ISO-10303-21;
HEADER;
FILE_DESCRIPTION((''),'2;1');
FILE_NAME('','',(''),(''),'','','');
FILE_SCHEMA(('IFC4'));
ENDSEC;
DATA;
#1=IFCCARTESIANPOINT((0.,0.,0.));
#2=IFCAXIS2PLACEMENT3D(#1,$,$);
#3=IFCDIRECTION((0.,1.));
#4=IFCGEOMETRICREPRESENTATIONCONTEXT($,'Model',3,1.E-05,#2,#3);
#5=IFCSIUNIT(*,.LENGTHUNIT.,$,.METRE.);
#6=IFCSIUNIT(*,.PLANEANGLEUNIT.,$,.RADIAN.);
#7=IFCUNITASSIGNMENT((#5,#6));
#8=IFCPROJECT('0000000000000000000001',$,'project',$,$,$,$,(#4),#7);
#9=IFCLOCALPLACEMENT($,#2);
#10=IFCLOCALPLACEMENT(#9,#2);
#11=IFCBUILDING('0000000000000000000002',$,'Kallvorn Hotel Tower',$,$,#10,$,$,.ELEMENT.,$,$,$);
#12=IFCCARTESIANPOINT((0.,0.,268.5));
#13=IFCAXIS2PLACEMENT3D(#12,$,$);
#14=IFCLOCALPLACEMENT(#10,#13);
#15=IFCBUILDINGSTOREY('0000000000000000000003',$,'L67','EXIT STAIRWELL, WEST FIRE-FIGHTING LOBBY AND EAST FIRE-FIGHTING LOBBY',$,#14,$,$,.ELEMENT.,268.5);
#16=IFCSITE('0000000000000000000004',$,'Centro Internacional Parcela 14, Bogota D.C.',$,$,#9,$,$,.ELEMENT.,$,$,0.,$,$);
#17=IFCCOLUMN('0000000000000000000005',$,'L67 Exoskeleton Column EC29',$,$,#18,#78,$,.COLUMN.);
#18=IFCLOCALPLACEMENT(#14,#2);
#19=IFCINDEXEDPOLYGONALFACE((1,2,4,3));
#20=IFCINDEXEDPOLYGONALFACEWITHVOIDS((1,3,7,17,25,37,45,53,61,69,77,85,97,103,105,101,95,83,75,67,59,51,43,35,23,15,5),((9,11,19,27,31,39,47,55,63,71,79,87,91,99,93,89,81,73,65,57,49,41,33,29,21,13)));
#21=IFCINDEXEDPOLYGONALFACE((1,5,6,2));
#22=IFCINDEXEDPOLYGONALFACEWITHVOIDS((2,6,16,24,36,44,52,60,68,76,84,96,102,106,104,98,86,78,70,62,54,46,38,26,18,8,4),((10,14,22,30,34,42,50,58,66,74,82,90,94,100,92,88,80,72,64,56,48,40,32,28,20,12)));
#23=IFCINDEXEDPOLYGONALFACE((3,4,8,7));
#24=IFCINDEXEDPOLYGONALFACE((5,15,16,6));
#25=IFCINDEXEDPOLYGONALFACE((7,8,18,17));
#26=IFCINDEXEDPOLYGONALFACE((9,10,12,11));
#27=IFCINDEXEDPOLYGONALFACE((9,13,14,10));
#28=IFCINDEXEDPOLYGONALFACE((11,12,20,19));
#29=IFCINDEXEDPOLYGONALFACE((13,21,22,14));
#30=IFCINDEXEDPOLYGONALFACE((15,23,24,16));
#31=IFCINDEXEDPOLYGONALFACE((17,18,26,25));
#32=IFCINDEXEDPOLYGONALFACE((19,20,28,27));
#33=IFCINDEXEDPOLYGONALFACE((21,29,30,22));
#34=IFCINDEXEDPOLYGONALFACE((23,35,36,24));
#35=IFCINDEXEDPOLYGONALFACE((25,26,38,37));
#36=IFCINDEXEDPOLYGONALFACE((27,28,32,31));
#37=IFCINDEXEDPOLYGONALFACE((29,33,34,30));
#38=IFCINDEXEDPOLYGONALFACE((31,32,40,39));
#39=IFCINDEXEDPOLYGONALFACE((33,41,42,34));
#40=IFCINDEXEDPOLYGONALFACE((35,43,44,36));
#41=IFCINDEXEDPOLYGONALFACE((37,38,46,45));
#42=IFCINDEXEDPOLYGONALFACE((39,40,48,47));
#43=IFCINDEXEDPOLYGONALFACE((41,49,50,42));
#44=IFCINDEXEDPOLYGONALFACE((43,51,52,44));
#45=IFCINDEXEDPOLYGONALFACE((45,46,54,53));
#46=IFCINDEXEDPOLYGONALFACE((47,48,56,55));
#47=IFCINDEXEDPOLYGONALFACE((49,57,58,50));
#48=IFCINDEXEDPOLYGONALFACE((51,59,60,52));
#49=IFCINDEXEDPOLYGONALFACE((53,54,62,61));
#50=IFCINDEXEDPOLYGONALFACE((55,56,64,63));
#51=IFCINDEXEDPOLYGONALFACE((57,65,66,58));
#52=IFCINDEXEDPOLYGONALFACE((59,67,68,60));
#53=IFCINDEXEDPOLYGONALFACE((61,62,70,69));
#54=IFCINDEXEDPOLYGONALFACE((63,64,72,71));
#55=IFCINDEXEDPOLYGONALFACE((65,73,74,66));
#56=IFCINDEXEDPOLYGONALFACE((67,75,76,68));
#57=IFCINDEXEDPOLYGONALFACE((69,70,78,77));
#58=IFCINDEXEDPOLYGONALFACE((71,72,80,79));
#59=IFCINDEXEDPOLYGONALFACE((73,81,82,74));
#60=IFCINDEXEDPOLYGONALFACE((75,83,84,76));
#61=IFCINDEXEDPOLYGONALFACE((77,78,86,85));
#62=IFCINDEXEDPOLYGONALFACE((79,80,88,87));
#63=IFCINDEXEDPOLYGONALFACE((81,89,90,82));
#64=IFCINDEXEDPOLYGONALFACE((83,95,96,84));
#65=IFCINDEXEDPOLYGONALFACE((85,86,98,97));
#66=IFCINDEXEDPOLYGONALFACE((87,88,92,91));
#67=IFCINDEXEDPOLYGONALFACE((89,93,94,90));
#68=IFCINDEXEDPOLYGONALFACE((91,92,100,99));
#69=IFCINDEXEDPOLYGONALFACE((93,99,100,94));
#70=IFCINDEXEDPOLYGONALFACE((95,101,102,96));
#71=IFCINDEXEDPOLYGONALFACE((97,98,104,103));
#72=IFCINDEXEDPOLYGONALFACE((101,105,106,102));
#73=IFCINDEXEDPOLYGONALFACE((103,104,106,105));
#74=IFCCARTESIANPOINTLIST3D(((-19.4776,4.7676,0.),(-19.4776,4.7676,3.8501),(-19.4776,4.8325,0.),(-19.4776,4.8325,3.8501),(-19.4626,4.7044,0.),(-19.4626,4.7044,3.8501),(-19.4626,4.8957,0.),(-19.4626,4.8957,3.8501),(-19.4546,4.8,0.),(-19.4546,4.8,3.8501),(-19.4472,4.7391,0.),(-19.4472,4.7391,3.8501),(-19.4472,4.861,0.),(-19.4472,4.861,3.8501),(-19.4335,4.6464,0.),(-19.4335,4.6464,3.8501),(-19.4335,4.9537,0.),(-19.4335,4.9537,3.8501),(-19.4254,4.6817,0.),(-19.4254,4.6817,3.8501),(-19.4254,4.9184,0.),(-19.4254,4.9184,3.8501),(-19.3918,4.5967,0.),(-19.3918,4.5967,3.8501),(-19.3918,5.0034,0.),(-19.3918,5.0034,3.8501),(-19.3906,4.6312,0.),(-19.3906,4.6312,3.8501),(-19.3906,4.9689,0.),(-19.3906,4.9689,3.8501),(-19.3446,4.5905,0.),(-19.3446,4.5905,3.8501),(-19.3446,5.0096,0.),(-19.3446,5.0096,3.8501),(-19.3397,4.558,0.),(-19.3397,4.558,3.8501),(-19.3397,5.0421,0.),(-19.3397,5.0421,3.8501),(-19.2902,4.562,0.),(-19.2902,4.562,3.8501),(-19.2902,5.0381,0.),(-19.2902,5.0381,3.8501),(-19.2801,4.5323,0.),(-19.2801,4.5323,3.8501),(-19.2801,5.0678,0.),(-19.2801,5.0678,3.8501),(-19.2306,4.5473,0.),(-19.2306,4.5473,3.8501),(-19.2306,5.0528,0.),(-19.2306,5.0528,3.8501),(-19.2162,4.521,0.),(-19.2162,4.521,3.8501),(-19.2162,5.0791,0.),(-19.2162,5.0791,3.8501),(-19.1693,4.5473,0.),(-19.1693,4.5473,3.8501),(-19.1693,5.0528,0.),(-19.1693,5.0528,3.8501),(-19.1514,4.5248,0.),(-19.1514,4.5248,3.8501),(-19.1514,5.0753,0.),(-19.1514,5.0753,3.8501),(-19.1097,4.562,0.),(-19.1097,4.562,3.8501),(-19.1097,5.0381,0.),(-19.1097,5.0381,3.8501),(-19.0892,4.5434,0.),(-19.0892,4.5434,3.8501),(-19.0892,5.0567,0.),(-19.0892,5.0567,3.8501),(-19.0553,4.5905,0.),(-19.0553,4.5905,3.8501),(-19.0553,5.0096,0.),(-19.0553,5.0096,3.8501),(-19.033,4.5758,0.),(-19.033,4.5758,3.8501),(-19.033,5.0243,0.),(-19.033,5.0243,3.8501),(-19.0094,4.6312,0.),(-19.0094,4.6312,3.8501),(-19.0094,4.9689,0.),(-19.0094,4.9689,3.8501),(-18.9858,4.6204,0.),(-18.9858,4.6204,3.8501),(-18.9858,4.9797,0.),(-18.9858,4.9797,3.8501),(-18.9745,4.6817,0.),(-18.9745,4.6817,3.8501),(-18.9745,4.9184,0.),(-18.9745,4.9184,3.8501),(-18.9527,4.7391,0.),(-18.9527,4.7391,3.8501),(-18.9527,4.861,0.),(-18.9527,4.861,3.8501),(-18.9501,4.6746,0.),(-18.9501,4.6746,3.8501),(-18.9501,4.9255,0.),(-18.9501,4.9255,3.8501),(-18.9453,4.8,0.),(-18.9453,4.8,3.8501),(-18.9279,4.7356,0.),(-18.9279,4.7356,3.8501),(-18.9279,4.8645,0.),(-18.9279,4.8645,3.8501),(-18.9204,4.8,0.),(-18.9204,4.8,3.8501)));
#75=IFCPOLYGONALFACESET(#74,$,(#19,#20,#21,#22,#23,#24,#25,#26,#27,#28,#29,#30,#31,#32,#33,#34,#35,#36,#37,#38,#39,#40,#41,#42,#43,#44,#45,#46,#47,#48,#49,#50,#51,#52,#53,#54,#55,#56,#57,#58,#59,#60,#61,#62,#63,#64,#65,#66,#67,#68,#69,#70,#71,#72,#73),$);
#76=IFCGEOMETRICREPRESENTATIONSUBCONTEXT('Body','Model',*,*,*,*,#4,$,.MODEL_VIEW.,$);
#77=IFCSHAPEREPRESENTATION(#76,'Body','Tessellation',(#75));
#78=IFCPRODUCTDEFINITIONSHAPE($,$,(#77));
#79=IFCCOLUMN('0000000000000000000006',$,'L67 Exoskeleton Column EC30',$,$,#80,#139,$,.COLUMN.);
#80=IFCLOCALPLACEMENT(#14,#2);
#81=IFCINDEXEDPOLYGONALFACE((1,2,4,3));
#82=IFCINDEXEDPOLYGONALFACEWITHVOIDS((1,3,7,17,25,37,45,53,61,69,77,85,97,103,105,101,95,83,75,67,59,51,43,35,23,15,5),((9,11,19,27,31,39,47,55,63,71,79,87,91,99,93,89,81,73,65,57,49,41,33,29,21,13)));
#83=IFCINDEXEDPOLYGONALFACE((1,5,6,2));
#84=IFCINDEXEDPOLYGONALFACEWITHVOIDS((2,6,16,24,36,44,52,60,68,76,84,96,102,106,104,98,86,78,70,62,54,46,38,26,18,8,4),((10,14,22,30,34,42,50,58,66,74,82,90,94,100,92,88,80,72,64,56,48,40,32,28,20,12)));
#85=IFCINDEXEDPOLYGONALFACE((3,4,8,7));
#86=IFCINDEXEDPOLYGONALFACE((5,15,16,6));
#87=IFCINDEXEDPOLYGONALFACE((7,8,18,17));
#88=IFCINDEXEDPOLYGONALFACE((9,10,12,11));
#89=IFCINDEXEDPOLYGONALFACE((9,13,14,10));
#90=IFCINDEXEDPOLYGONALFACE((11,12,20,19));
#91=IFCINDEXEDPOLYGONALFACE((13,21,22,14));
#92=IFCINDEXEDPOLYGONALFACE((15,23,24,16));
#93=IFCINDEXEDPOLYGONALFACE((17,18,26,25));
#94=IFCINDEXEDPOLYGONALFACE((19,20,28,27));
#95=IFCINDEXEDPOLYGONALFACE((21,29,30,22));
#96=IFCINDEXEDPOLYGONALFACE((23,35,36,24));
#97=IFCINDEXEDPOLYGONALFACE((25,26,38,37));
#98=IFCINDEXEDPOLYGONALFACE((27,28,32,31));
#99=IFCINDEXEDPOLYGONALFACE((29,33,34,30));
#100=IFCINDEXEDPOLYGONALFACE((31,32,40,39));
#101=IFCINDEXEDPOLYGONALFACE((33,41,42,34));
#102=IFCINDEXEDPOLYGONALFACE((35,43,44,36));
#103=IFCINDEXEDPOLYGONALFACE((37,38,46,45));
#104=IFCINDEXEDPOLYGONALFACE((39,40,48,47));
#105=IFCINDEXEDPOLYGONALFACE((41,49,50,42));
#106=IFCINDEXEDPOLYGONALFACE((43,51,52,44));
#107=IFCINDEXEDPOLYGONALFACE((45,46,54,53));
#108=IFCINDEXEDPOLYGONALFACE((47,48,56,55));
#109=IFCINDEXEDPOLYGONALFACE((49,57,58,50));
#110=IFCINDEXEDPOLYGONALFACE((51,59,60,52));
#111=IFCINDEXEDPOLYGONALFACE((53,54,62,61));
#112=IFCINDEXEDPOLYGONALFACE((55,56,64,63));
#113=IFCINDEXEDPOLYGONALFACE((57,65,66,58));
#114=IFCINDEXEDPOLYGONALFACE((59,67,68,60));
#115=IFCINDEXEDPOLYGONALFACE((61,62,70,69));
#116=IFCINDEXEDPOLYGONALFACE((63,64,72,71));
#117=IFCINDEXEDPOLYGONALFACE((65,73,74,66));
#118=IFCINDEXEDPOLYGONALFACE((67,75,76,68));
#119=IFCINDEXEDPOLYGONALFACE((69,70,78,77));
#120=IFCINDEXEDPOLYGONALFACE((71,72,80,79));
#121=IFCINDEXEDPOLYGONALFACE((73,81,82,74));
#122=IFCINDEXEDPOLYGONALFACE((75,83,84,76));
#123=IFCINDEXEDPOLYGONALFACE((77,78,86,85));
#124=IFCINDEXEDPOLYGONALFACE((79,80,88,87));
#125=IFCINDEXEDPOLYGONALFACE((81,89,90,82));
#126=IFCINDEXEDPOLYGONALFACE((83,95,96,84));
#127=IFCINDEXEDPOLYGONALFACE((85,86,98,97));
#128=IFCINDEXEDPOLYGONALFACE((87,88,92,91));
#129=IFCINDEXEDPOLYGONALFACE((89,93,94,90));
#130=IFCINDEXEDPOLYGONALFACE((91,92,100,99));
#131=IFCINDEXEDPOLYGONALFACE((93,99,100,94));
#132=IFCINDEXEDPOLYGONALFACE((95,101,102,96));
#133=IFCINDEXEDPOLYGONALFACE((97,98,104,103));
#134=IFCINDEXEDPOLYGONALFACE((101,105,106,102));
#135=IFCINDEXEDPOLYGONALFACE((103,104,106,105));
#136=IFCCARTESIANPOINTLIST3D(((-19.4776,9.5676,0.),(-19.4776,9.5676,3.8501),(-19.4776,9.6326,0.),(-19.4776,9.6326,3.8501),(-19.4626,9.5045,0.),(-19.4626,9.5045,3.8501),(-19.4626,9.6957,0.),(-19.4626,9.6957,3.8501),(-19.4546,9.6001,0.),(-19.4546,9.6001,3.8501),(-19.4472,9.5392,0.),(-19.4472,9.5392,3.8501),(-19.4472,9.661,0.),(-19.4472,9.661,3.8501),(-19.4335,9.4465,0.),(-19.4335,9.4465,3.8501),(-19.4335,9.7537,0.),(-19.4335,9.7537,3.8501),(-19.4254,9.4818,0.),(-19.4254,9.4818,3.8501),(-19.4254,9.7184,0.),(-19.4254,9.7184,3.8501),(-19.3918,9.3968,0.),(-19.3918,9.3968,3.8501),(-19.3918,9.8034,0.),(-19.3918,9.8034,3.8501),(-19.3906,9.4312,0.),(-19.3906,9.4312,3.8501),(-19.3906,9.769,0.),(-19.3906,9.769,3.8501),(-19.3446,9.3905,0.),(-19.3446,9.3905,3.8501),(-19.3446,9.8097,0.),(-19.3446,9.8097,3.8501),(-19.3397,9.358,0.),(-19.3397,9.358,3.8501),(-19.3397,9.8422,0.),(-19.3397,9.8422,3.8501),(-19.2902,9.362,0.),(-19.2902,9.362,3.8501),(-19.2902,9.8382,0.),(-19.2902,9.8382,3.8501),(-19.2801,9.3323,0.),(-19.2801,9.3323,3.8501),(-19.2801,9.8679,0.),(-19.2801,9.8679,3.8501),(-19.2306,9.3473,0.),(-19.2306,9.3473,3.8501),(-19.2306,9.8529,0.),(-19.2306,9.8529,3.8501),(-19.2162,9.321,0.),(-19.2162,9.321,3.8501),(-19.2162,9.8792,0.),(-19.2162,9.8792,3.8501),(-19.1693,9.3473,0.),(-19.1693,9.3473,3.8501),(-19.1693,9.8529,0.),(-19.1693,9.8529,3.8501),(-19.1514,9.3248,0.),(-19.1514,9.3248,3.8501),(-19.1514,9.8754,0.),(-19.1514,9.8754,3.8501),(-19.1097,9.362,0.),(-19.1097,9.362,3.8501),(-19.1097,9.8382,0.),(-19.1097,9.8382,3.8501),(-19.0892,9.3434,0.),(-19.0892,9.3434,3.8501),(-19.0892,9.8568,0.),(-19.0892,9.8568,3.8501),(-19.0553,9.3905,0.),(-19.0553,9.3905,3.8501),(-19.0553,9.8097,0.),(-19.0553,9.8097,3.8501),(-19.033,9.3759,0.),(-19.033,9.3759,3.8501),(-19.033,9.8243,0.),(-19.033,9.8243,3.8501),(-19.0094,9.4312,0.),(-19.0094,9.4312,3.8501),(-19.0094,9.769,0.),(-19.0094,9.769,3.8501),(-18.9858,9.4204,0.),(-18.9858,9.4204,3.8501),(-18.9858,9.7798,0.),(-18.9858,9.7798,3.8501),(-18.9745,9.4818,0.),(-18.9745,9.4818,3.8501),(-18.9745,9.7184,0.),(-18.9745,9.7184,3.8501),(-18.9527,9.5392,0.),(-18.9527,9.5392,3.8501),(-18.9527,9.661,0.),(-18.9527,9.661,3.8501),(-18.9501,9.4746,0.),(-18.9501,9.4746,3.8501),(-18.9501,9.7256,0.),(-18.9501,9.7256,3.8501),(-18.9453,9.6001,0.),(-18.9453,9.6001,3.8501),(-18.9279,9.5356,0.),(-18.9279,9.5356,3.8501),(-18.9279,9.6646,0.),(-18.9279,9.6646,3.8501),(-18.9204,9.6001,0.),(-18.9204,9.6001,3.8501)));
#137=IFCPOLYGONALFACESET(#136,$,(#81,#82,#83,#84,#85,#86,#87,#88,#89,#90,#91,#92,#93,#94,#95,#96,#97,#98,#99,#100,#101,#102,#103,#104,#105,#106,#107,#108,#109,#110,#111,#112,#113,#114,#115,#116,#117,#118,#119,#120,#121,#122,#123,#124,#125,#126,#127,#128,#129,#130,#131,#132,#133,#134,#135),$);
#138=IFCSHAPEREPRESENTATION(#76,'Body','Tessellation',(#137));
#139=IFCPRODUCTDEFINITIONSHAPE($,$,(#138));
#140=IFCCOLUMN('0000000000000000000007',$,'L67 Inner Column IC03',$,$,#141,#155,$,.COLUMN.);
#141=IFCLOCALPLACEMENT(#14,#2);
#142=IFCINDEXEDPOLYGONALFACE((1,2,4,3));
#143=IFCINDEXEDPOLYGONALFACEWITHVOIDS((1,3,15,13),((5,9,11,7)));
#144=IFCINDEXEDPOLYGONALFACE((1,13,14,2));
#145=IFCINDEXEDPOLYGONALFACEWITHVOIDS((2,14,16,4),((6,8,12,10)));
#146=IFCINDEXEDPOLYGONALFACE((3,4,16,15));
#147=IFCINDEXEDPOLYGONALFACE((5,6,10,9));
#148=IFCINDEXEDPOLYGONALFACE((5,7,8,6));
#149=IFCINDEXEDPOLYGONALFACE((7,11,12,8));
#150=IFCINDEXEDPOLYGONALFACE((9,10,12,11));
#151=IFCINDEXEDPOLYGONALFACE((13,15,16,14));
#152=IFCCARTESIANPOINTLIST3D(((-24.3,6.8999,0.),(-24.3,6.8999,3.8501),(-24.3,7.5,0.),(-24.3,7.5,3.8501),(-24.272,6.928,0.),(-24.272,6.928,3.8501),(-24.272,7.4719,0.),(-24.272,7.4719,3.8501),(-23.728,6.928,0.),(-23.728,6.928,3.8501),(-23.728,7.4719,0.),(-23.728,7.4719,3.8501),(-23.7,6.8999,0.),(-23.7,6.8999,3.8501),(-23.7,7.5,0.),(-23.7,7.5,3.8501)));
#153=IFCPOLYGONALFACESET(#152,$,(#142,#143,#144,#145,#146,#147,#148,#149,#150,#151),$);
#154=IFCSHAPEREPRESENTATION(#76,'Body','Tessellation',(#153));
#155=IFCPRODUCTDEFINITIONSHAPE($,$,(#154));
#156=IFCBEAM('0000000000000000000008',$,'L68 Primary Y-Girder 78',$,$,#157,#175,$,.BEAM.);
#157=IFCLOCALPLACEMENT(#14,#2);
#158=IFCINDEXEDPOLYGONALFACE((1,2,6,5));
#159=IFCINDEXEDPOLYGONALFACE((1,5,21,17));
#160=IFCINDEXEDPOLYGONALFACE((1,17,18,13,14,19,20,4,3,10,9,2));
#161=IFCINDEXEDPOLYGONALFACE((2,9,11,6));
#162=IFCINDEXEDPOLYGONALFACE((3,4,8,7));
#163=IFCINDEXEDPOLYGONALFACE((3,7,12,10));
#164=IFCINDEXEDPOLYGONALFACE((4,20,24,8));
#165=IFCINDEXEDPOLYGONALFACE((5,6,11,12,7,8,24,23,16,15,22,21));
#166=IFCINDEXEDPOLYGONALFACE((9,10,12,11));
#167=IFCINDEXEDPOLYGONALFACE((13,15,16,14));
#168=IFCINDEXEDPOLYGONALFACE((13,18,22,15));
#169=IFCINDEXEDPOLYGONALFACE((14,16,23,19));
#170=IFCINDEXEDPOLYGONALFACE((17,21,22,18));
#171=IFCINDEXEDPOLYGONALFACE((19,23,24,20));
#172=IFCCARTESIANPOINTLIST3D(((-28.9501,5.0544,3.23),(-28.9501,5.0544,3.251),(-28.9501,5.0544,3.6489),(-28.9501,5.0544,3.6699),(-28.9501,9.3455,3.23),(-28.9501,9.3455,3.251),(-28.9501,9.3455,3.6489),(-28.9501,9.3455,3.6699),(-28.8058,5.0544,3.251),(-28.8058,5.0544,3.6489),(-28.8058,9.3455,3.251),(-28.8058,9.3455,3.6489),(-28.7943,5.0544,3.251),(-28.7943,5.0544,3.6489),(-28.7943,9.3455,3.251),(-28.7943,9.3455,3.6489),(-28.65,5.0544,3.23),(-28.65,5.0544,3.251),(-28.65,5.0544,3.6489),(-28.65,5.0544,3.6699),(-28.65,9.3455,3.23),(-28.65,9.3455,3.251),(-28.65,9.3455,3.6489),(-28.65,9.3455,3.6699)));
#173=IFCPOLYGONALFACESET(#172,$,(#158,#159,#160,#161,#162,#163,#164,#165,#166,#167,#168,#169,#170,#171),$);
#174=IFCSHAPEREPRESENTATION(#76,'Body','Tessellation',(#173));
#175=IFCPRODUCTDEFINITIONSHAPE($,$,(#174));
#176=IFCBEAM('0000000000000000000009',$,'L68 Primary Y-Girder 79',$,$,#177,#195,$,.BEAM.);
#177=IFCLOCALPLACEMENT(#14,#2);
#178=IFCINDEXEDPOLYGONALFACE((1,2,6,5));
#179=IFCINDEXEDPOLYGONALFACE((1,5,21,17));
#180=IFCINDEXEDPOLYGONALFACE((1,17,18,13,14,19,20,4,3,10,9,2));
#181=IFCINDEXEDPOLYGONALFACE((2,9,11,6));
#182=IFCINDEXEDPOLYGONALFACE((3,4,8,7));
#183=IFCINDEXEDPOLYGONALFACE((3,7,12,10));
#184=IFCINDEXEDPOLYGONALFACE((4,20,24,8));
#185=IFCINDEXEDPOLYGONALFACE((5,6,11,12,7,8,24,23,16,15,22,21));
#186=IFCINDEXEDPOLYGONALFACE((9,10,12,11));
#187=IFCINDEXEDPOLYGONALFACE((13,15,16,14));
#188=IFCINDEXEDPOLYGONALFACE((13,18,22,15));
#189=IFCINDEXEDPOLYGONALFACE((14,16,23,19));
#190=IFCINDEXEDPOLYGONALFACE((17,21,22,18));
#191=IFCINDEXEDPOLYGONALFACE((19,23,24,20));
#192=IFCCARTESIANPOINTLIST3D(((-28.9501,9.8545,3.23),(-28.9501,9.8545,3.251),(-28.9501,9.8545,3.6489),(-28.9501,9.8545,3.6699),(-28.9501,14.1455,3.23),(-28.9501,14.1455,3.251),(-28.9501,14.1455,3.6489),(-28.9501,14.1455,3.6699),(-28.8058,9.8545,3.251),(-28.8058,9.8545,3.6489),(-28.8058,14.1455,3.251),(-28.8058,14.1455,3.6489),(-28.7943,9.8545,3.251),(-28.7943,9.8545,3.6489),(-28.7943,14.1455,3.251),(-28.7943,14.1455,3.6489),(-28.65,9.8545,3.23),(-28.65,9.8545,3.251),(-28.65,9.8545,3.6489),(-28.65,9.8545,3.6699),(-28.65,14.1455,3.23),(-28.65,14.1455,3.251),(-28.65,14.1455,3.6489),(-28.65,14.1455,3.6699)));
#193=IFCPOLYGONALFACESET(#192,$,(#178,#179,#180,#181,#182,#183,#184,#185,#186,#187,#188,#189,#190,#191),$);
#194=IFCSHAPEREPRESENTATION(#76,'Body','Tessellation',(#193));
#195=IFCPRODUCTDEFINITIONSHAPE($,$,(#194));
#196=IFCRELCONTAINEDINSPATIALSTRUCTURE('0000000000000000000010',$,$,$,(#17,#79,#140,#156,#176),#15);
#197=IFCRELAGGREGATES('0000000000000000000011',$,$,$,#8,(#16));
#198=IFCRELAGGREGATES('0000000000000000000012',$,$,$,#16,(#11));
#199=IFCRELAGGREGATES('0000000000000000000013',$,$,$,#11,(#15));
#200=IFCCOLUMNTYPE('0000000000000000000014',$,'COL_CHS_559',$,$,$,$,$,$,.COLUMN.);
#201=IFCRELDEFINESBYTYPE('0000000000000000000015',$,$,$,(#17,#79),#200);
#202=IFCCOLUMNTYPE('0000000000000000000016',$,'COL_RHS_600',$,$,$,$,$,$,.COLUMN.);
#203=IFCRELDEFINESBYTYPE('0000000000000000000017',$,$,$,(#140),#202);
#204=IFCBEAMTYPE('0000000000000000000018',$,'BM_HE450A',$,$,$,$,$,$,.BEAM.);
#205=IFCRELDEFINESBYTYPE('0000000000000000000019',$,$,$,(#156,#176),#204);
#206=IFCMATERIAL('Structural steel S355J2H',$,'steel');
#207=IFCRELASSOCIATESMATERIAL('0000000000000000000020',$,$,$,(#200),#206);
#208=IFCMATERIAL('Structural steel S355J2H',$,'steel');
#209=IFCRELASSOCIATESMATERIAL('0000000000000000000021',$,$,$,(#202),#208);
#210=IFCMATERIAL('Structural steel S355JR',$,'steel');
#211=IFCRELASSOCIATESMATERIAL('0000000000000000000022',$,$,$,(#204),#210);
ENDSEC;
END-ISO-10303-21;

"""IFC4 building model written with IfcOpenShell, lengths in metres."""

from ifc_helpers import new_model, si_unit, direction, frame, origin, origin_2d, place, context, subcontext, project, spatial, hollow_rectangle, hollow_circle, i_section, extrude, material, material_profile, profile_set, type_object, element, save


model = new_model("IFC4")

# Units and contexts
model_context = context("Model", 3, precision=1e-05, world=origin(), true_north=direction((0.0, 1.0)))
body_context = subcontext(model_context, "Body", "Model", "MODEL_VIEW")
ifc_project = project(units=[si_unit("LENGTHUNIT", "METRE"), si_unit("PLANEANGLEUNIT", "RADIAN")], contexts=[model_context])

# Site, building, storey
site_placement = place(None, origin())
site = spatial("IfcSite", under=ifc_project, at=site_placement, Name="Centro Internacional Parcela 14, Bogota D.C.", CompositionType="ELEMENT", RefElevation=0.0)
building_placement = place(site_placement, origin())
building = spatial("IfcBuilding", under=site, at=building_placement, Name="Kallvorn Hotel Tower", CompositionType="ELEMENT")
storey_placement = place(building_placement, frame((0.0, 0.0, 268.5)))
storey = spatial("IfcBuildingStorey", under=building, at=storey_placement, Name="L67", Description="EXIT STAIRWELL, WEST FIRE-FIGHTING LOBBY AND EAST FIRE-FIGHTING LOBBY", CompositionType="ELEMENT", Elevation=268.5)

# Columns
ifc_material_1 = material(Name="Structural steel S355J2H", Category="steel")
ifc_material_profile_1 = material_profile(ifc_material_1, hollow_circle(Radius=0.2795, WallThickness=0.0249, at=origin_2d()), Name="CHS 559x25")
ifc_profile_set_1 = profile_set([ifc_material_profile_1], Name="Structural steel S355J2H")
column_type_1 = type_object("IfcColumnType", Name="COL_CHS_559", PredefinedType="COLUMN", material=ifc_profile_set_1)
for number, where, z_axis, x_axis, name in (
    (1, (-19.2, 4.8, 0.0), (0.0, 0.0, 1.0), (1.0, 0.0, 0.0), "L67 Exoskeleton Column EC29"),
    (2, (-19.2, 9.6001, 0.0), (0.0, 0.0, 1.0), (1.0, 0.0, 0.0), "L67 Exoskeleton Column EC30"),
):
    element("IfcColumn", number, at=place(storey_placement, frame(where, z_axis=z_axis, x_axis=x_axis)), inside=storey, type_object=column_type_1, Name=name, PredefinedType="COLUMN", context=body_context, shape_type="SweptSolid", body=[
        extrude(hollow_circle(Radius=0.2795, WallThickness=0.0249, at=origin_2d()), origin(), (0.0, 0.0, 1.0), 3.8501),
    ])
ifc_material_2 = material(Name="Structural steel S355J2H", Category="steel")
ifc_material_profile_2 = material_profile(ifc_material_2, hollow_rectangle(XDim=0.6001, YDim=0.6001, WallThickness=0.0281, at=origin_2d()), Name="RHS 600x600x28")
ifc_profile_set_2 = profile_set([ifc_material_profile_2], Name="Structural steel S355J2H")
column_type_2 = type_object("IfcColumnType", Name="COL_RHS_600", PredefinedType="COLUMN", material=ifc_profile_set_2)
column_placement = place(storey_placement, frame((-24.0, 7.2, 0.0), z_axis=(0.0, 0.0, 1.0), x_axis=(1.0, 0.0, 0.0)))
element("IfcColumn", 3, at=column_placement, inside=storey, type_object=column_type_2, Name="L67 Inner Column IC03", PredefinedType="COLUMN", context=body_context, shape_type="SweptSolid", body=[
    extrude(hollow_rectangle(XDim=0.6001, YDim=0.6001, WallThickness=0.0281, at=origin_2d()), origin(), (0.0, 0.0, 1.0), 3.8501),
])

# Beams
ifc_material_3 = material(Name="Structural steel S355JR", Category="steel")
ifc_material_profile_3 = material_profile(ifc_material_3, i_section(OverallWidth=0.3, OverallDepth=0.4399, WebThickness=0.0115, FlangeThickness=0.021, at=origin_2d()), Name="HE 450 A")
ifc_profile_set_3 = profile_set([ifc_material_profile_3], Name="Structural steel S355JR")
beam_type_1 = type_object("IfcBeamType", Name="BM_HE450A", PredefinedType="BEAM", material=ifc_profile_set_3)
for number, where, z_axis, x_axis, name in (
    (4, (-28.8, 5.0544, 3.45), (0.0, 1.0, 0.0), (-1.0, 0.0, 0.0), "L68 Primary Y-Girder 78"),
    (5, (-28.8, 9.8545, 3.45), (0.0, 1.0, 0.0), (-1.0, 0.0, 0.0), "L68 Primary Y-Girder 79"),
):
    element("IfcBeam", number, at=place(storey_placement, frame(where, z_axis=z_axis, x_axis=x_axis)), inside=storey, type_object=beam_type_1, Name=name, PredefinedType="BEAM", context=body_context, shape_type="SweptSolid", body=[
        extrude(i_section(OverallWidth=0.3, OverallDepth=0.4399, WebThickness=0.0115, FlangeThickness=0.021, at=origin_2d()), origin(), (0.0, 0.0, 1.0), 4.291),
    ])

save(model, "model.ifc")
